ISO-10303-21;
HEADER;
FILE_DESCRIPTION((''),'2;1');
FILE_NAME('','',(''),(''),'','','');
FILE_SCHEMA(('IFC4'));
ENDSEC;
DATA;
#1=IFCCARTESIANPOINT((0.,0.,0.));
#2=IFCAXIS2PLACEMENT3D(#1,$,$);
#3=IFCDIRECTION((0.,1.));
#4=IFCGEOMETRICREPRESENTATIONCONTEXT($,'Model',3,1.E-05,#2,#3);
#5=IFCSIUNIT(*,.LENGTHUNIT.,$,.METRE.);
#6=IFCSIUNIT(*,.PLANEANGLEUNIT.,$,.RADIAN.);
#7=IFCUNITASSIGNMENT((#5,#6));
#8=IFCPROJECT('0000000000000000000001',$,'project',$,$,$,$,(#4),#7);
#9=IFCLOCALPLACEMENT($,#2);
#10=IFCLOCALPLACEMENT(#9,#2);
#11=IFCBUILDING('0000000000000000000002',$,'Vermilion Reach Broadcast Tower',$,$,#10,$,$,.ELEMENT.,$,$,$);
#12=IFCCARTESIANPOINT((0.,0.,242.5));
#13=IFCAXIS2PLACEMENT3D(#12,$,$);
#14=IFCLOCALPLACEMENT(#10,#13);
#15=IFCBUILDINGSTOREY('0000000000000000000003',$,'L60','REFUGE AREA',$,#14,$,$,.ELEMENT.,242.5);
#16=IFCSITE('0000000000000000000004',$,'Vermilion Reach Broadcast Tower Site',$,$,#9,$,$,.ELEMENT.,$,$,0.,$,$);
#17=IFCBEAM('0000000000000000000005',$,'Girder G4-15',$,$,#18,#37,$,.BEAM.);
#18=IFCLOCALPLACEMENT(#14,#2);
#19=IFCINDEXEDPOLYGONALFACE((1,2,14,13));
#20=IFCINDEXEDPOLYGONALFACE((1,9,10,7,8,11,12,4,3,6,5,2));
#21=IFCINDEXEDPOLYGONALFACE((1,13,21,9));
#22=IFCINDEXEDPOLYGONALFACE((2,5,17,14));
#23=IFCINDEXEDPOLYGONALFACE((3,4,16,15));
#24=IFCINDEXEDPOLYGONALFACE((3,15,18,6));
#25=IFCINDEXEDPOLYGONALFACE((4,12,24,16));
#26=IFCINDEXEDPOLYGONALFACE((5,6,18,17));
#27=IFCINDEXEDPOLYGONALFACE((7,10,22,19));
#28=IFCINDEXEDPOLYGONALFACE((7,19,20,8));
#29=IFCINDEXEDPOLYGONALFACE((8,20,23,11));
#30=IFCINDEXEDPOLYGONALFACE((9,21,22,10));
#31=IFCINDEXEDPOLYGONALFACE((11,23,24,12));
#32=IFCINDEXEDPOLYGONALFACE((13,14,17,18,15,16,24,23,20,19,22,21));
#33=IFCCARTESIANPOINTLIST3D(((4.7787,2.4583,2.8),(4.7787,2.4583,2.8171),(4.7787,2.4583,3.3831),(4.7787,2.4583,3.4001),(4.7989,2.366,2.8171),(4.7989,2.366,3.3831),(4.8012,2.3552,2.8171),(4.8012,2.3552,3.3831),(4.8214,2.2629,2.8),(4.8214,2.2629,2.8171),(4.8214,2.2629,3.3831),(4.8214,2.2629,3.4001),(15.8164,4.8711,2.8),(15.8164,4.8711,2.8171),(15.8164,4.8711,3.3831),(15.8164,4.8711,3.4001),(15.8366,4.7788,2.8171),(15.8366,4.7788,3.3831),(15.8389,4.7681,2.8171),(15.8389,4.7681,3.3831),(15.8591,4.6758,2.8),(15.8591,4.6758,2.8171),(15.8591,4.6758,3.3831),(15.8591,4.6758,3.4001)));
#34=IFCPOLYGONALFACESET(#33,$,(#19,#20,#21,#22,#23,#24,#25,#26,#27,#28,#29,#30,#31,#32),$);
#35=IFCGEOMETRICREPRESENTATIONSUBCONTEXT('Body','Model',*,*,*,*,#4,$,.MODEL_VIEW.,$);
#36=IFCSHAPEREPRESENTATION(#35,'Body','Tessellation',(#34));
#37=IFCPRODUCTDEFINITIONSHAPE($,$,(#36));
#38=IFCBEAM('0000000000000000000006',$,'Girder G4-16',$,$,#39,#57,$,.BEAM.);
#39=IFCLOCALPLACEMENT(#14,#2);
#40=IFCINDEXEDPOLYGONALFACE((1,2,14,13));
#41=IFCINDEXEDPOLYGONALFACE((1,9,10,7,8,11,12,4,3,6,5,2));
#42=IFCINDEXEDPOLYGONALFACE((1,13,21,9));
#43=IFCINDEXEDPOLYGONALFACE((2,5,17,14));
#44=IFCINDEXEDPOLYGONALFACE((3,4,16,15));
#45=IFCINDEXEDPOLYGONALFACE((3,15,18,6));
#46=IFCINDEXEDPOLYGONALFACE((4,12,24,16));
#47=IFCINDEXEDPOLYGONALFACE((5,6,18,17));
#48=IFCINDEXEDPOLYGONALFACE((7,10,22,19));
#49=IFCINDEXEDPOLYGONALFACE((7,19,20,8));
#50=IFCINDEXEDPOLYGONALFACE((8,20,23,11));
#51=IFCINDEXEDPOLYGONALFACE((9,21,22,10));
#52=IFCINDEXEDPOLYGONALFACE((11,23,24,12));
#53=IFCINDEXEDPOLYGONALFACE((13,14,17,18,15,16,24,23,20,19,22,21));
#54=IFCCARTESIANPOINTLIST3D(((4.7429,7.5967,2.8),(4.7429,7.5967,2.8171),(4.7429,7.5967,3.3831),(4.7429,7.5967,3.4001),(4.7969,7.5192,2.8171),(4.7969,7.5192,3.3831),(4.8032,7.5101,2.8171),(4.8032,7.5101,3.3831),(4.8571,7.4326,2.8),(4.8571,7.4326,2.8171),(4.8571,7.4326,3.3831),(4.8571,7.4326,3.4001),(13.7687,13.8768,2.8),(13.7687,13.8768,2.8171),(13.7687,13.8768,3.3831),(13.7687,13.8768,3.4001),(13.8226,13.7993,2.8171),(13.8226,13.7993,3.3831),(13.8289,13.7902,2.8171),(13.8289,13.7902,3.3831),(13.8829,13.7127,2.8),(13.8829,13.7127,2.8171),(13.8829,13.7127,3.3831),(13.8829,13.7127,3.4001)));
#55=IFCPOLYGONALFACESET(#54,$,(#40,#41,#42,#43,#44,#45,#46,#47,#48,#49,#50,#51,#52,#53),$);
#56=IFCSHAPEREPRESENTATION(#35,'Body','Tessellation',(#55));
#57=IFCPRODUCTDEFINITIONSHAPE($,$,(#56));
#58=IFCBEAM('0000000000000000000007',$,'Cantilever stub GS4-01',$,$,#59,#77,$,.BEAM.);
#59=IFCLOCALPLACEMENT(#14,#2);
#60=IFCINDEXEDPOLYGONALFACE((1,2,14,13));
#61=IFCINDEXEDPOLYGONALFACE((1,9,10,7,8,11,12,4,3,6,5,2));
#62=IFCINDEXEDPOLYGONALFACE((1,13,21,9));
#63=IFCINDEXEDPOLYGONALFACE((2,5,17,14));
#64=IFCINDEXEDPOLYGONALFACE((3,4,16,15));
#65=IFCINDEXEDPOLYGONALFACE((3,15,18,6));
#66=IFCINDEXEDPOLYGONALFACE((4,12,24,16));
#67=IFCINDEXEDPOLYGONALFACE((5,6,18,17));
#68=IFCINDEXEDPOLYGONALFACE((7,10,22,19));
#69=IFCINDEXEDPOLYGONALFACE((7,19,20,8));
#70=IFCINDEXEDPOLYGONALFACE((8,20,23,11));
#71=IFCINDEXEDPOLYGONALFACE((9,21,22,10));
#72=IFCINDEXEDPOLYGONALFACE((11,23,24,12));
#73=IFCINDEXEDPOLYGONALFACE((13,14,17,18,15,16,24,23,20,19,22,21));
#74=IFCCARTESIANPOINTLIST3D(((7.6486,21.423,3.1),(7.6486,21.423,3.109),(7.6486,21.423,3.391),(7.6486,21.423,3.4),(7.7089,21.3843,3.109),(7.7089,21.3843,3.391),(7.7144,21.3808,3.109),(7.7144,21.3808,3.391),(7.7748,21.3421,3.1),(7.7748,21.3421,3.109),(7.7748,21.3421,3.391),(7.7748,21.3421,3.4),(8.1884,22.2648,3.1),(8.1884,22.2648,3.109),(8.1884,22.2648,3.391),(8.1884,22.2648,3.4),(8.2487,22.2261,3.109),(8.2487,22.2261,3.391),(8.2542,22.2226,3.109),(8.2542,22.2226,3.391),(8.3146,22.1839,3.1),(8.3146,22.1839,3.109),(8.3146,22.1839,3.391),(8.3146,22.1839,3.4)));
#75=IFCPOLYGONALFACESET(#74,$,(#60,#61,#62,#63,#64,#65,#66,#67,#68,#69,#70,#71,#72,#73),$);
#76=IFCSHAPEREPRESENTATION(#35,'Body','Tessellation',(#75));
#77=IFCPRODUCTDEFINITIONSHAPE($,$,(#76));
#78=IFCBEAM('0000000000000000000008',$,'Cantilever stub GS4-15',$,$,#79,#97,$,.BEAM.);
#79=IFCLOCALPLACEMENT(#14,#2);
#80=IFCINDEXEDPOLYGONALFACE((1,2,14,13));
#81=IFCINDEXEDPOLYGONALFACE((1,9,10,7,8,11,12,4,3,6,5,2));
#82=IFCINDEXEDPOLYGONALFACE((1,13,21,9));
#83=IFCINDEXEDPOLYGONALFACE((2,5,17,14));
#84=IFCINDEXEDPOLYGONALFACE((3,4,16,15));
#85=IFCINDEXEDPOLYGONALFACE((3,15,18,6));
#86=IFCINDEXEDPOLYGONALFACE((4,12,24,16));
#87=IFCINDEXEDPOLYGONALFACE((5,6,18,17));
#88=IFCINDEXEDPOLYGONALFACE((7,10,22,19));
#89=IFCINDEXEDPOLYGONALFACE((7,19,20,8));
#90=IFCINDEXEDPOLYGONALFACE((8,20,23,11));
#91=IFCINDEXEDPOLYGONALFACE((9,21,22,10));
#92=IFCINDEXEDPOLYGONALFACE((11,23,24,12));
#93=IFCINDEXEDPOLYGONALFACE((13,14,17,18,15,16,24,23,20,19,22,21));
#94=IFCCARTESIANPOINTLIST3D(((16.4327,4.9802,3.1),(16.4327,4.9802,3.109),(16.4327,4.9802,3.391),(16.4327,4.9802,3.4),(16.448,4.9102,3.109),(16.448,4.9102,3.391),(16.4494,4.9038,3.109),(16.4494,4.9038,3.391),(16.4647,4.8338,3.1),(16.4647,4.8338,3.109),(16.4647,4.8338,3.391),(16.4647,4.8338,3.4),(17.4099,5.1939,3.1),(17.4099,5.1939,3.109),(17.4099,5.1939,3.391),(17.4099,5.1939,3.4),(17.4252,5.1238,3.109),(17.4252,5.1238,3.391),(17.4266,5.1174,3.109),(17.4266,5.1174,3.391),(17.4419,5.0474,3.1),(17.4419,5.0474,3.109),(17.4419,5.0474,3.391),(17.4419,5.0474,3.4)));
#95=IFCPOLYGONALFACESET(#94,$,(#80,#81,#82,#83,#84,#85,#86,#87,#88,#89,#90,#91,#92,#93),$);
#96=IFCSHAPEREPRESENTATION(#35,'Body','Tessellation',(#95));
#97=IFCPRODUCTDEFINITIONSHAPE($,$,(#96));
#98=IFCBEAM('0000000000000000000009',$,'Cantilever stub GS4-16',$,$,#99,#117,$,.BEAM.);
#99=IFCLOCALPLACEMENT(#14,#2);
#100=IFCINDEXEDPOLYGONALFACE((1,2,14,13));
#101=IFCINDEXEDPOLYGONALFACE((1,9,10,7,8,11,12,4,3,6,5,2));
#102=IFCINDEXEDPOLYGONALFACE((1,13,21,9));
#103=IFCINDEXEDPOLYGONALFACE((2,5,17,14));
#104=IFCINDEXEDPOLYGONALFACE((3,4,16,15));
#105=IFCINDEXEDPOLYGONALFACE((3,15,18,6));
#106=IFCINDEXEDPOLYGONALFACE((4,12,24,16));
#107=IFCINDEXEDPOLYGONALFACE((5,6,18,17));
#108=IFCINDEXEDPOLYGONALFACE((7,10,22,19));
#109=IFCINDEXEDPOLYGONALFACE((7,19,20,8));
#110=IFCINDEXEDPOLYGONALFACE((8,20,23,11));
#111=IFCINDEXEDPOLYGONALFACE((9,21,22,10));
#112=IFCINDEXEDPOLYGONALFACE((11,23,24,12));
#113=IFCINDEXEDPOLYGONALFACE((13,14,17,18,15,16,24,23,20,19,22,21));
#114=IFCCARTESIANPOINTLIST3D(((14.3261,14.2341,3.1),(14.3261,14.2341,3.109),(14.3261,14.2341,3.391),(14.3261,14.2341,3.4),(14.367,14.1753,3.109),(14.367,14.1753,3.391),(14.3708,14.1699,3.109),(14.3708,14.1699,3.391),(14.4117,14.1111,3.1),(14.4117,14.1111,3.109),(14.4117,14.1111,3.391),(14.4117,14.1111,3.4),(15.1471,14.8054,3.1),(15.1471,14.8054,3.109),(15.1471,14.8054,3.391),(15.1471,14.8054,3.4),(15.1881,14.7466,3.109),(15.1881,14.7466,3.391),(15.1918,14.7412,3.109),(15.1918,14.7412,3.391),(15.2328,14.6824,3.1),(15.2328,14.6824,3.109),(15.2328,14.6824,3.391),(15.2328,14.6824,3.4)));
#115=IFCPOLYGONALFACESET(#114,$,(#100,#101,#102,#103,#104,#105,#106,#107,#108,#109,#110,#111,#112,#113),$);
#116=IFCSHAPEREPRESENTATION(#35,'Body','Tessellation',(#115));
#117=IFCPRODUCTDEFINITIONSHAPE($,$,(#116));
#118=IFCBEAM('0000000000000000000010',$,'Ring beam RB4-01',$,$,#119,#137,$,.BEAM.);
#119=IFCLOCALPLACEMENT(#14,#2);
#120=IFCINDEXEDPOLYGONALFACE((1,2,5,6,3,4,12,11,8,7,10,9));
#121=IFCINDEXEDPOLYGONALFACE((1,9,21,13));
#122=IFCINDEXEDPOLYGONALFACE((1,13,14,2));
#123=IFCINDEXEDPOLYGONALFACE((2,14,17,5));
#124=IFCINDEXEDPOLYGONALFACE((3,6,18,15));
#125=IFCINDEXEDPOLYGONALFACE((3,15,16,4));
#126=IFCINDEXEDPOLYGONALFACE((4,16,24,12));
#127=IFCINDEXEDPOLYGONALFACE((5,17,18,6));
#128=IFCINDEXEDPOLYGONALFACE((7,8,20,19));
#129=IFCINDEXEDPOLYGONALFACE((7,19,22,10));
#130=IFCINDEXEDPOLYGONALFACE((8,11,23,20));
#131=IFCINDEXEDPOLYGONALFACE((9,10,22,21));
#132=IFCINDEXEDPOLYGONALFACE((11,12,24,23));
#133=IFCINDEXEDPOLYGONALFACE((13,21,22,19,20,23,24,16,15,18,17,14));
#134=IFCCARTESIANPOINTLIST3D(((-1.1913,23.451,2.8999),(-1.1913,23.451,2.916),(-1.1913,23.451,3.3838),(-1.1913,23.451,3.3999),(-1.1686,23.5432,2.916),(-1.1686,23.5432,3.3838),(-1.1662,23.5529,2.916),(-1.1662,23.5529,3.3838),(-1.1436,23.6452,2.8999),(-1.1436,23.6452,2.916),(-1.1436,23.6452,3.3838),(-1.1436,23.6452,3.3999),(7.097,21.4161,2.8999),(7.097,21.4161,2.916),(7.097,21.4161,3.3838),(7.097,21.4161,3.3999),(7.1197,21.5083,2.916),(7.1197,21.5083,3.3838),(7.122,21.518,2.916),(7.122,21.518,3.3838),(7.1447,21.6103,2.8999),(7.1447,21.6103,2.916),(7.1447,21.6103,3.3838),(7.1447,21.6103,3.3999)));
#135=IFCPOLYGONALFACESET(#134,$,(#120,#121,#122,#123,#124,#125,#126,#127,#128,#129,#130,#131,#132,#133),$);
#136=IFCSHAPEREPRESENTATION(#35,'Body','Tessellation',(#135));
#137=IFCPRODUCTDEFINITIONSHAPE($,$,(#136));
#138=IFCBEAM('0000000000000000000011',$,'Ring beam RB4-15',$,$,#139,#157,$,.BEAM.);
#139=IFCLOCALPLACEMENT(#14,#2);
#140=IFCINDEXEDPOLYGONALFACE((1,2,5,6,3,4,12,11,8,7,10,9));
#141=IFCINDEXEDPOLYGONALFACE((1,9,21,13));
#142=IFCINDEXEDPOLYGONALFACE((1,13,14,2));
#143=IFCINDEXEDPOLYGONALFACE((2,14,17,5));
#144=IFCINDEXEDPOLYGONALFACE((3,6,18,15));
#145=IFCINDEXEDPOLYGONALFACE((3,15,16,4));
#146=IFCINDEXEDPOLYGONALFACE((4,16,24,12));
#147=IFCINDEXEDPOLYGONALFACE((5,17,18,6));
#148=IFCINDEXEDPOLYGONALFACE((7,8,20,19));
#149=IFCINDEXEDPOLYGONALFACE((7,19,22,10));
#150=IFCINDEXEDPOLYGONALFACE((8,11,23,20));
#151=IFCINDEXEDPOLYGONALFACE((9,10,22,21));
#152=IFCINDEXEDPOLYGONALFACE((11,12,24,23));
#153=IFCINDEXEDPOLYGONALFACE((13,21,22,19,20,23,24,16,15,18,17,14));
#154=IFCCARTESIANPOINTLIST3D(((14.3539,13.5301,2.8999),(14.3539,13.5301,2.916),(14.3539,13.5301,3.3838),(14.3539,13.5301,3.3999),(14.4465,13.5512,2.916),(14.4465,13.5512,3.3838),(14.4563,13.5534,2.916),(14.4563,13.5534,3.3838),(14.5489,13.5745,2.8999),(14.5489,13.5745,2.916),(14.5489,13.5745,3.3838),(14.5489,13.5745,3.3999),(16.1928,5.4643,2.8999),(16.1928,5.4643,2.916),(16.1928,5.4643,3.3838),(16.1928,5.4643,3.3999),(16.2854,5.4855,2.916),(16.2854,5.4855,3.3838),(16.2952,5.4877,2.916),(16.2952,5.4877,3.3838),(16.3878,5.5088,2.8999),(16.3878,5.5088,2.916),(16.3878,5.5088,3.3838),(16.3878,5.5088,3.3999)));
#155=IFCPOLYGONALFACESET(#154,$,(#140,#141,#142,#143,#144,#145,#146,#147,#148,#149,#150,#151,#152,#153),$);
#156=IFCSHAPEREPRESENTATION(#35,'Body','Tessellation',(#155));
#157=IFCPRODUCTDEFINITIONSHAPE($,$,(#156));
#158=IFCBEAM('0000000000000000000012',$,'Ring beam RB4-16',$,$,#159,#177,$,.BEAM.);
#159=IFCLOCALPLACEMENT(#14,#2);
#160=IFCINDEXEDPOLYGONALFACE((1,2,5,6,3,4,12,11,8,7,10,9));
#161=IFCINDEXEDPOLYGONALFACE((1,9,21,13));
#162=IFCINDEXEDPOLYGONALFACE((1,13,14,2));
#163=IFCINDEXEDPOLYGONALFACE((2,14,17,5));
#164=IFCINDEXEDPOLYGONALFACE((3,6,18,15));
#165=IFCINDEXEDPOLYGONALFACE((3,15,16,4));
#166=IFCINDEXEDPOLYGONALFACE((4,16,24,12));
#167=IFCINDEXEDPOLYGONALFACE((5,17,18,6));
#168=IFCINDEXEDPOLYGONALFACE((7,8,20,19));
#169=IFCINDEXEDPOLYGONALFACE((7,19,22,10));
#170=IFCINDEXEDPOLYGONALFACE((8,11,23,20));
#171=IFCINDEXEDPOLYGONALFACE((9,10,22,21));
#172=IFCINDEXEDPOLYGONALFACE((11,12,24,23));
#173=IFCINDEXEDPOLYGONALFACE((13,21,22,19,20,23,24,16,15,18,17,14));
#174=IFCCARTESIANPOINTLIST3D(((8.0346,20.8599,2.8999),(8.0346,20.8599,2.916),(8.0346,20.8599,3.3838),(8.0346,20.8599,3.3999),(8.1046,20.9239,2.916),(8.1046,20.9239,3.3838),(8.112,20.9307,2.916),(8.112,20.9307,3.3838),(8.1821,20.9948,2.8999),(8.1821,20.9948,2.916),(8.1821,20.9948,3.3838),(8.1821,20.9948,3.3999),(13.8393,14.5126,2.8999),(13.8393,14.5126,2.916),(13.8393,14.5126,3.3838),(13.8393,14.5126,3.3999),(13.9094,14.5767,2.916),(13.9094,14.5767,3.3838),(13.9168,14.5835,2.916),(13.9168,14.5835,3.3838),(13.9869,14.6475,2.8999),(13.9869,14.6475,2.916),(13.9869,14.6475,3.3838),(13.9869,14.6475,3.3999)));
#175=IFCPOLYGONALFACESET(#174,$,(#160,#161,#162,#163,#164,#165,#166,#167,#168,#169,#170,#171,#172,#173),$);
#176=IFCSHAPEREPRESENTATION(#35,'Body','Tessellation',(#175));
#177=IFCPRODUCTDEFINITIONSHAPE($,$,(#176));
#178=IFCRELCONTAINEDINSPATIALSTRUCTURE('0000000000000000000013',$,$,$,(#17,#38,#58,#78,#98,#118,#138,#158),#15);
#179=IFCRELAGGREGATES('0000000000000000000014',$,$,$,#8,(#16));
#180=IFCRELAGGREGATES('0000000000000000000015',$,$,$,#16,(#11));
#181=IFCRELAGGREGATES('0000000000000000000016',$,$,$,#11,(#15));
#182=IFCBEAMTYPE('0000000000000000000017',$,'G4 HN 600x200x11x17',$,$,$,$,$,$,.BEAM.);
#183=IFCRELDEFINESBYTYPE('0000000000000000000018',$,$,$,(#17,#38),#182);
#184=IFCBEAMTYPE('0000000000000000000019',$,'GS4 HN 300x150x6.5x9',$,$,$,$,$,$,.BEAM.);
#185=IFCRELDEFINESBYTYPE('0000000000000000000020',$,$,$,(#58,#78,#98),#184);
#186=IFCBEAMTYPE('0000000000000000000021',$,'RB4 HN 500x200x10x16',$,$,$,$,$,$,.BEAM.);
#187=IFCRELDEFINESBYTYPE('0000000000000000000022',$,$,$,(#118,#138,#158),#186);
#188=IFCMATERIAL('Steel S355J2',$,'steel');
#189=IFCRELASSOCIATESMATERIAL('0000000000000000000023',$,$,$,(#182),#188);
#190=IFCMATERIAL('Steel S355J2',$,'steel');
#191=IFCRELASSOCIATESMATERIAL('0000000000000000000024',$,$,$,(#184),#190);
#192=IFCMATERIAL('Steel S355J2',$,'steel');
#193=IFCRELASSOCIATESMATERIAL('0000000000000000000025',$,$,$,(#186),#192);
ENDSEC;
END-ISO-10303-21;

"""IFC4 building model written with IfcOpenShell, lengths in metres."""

from ifc_helpers import new_model, si_unit, direction, frame, origin, origin_2d, place, context, subcontext, project, spatial, i_section, extrude, material, material_profile, profile_set, type_object, element, save


model = new_model("IFC4")

# Units and contexts
model_context = context("Model", 3, precision=1e-05, world=origin(), true_north=direction((0.0, 1.0)))
body_context = subcontext(model_context, "Body", "Model", "MODEL_VIEW")
ifc_project = project(units=[si_unit("LENGTHUNIT", "METRE"), si_unit("PLANEANGLEUNIT", "RADIAN")], contexts=[model_context])

# Site, building, storey
site_placement = place(None, origin())
site = spatial("IfcSite", under=ifc_project, at=site_placement, Name="Vermilion Reach Broadcast Tower Site", CompositionType="ELEMENT", RefElevation=0.0)
building_placement = place(site_placement, origin())
building = spatial("IfcBuilding", under=site, at=building_placement, Name="Vermilion Reach Broadcast Tower", CompositionType="ELEMENT")
storey_placement = place(building_placement, frame((0.0, 0.0, 242.5)))
storey = spatial("IfcBuildingStorey", under=building, at=storey_placement, Name="L60", Description="REFUGE AREA", CompositionType="ELEMENT", Elevation=242.5)

# Beams
ifc_material_1 = material(Name="Steel S355J2", Category="steel")
ifc_material_profile_1 = material_profile(ifc_material_1, i_section(OverallWidth=0.2, OverallDepth=0.6001, WebThickness=0.011, FlangeThickness=0.0171, at=origin_2d()), Name="S355J2 HN 600x200x11x17")
ifc_profile_set_1 = profile_set([ifc_material_profile_1], Name="Steel S355J2")
beam_type_1 = type_object("IfcBeamType", Name="G4 HN 600x200x11x17", PredefinedType="BEAM", material=ifc_profile_set_1)
beam_1_placement = place(storey_placement, frame((4.8, 2.3606, 3.1001), z_axis=(0.97693, 0.213559, 0.0), x_axis=(-0.213559, 0.97693, 0.0)))
element("IfcBeam", 1, at=beam_1_placement, inside=storey, type_object=beam_type_1, Name="Girder G4-15", PredefinedType="BEAM", context=body_context, shape_type="SweptSolid", body=[
    extrude(i_section(OverallWidth=0.2, OverallDepth=0.6001, WebThickness=0.011, FlangeThickness=0.0171, at=origin_2d()), origin(), (0.0, 0.0, 1.0), 11.2983),
])
beam_2_placement = place(storey_placement, frame((4.8, 7.5146, 3.1001), z_axis=(0.820849, 0.571146, 0.0), x_axis=(-0.571146, 0.820849, 0.0)))
element("IfcBeam", 2, at=beam_2_placement, inside=storey, type_object=beam_type_1, Name="Girder G4-16", PredefinedType="BEAM", context=body_context, shape_type="SweptSolid", body=[
    extrude(i_section(OverallWidth=0.2, OverallDepth=0.6001, WebThickness=0.011, FlangeThickness=0.0171, at=origin_2d()), origin(), (0.0, 0.0, 1.0), 10.9956),
])
ifc_material_2 = material(Name="Steel S355J2", Category="steel")
ifc_material_profile_2 = material_profile(ifc_material_2, i_section(OverallWidth=0.1499, OverallDepth=0.3, WebThickness=0.0066, FlangeThickness=0.009, at=origin_2d()), Name="S355J2 HN 300x150x6.5x9")
ifc_profile_set_2 = profile_set([ifc_material_profile_2], Name="Steel S355J2")
beam_type_2 = type_object("IfcBeamType", Name="GS4 HN 300x150x6.5x9", PredefinedType="BEAM", material=ifc_profile_set_2)
beam_3_placement = place(storey_placement, frame((7.7117, 21.3826, 3.25), z_axis=(0.539795, 0.841797, 0.0), x_axis=(-0.841797, 0.539795, 0.0)))
element("IfcBeam", 3, at=beam_3_placement, inside=storey, type_object=beam_type_2, Name="Cantilever stub GS4-01", PredefinedType="BEAM", context=body_context, shape_type="SweptSolid", body=[
    extrude(i_section(OverallWidth=0.1499, OverallDepth=0.3, WebThickness=0.0066, FlangeThickness=0.009, at=origin_2d()), origin(), (0.0, 0.0, 1.0), 1.0),
])
for number, where, z_axis, x_axis, name in (
    (4, (16.4487, 4.907, 3.25), (0.976922, 0.213595, 0.0), (-0.213595, 0.976922, 0.0), "Cantilever stub GS4-15"),
    (5, (14.3689, 14.1726, 3.25), (0.820845, 0.57115, 0.0), (-0.57115, 0.820845, 0.0), "Cantilever stub GS4-16"),
):
    element("IfcBeam", number, at=place(storey_placement, frame(where, z_axis=z_axis, x_axis=x_axis)), inside=storey, type_object=beam_type_2, Name=name, PredefinedType="BEAM", context=body_context, shape_type="SweptSolid", body=[
        extrude(i_section(OverallWidth=0.1499, OverallDepth=0.3, WebThickness=0.0066, FlangeThickness=0.009, at=origin_2d()), origin(), (0.0, 0.0, 1.0), 1.0002),
    ])
ifc_material_3 = material(Name="Steel S355J2", Category="steel")
ifc_material_profile_3 = material_profile(ifc_material_3, i_section(OverallWidth=0.2, OverallDepth=0.5, WebThickness=0.01, FlangeThickness=0.0161, at=origin_2d()), Name="S355J2 HN 500x200x10x16")
ifc_profile_set_3 = profile_set([ifc_material_profile_3], Name="Steel S355J2")
beam_type_3 = type_object("IfcBeamType", Name="RB4 HN 500x200x10x16", PredefinedType="BEAM", material=ifc_profile_set_3)
beam_4_placement = place(storey_placement, frame((7.1208, 21.5132, 3.1499), z_axis=(-0.971159, 0.238434, 0.0), x_axis=(-0.238434, -0.971159, 0.0)))
element("IfcBeam", 6, at=beam_4_placement, inside=storey, type_object=beam_type_3, Name="Ring beam RB4-01", PredefinedType="BEAM", context=body_context, shape_type="SweptSolid", body=[
    extrude(i_section(OverallWidth=0.2, OverallDepth=0.5, WebThickness=0.01, FlangeThickness=0.0161, at=origin_2d()), origin(), (0.0, 0.0, 1.0), 8.5344),
])
beam_5_placement = place(storey_placement, frame((16.2903, 5.4866, 3.1499), z_axis=(-0.222283, 0.974982, 0.0), x_axis=(-0.974982, -0.222283, 0.0)))
element("IfcBeam", 7, at=beam_5_placement, inside=storey, type_object=beam_type_3, Name="Ring beam RB4-15", PredefinedType="BEAM", context=body_context, shape_type="SweptSolid", body=[
    extrude(i_section(OverallWidth=0.2, OverallDepth=0.5, WebThickness=0.01, FlangeThickness=0.0161, at=origin_2d()), origin(), (0.0, 0.0, 1.0), 8.2727),
])
beam_6_placement = place(storey_placement, frame((13.9131, 14.5801, 3.1499), z_axis=(-0.674868, 0.737938, 0.0), x_axis=(-0.737938, -0.674868, 0.0)))
element("IfcBeam", 8, at=beam_6_placement, inside=storey, type_object=beam_type_3, Name="Ring beam RB4-16", PredefinedType="BEAM", context=body_context, shape_type="SweptSolid", body=[
    extrude(i_section(OverallWidth=0.2, OverallDepth=0.5, WebThickness=0.01, FlangeThickness=0.0161, at=origin_2d()), origin(), (0.0, 0.0, 1.0), 8.6013),
])

save(model, "model.ifc")
